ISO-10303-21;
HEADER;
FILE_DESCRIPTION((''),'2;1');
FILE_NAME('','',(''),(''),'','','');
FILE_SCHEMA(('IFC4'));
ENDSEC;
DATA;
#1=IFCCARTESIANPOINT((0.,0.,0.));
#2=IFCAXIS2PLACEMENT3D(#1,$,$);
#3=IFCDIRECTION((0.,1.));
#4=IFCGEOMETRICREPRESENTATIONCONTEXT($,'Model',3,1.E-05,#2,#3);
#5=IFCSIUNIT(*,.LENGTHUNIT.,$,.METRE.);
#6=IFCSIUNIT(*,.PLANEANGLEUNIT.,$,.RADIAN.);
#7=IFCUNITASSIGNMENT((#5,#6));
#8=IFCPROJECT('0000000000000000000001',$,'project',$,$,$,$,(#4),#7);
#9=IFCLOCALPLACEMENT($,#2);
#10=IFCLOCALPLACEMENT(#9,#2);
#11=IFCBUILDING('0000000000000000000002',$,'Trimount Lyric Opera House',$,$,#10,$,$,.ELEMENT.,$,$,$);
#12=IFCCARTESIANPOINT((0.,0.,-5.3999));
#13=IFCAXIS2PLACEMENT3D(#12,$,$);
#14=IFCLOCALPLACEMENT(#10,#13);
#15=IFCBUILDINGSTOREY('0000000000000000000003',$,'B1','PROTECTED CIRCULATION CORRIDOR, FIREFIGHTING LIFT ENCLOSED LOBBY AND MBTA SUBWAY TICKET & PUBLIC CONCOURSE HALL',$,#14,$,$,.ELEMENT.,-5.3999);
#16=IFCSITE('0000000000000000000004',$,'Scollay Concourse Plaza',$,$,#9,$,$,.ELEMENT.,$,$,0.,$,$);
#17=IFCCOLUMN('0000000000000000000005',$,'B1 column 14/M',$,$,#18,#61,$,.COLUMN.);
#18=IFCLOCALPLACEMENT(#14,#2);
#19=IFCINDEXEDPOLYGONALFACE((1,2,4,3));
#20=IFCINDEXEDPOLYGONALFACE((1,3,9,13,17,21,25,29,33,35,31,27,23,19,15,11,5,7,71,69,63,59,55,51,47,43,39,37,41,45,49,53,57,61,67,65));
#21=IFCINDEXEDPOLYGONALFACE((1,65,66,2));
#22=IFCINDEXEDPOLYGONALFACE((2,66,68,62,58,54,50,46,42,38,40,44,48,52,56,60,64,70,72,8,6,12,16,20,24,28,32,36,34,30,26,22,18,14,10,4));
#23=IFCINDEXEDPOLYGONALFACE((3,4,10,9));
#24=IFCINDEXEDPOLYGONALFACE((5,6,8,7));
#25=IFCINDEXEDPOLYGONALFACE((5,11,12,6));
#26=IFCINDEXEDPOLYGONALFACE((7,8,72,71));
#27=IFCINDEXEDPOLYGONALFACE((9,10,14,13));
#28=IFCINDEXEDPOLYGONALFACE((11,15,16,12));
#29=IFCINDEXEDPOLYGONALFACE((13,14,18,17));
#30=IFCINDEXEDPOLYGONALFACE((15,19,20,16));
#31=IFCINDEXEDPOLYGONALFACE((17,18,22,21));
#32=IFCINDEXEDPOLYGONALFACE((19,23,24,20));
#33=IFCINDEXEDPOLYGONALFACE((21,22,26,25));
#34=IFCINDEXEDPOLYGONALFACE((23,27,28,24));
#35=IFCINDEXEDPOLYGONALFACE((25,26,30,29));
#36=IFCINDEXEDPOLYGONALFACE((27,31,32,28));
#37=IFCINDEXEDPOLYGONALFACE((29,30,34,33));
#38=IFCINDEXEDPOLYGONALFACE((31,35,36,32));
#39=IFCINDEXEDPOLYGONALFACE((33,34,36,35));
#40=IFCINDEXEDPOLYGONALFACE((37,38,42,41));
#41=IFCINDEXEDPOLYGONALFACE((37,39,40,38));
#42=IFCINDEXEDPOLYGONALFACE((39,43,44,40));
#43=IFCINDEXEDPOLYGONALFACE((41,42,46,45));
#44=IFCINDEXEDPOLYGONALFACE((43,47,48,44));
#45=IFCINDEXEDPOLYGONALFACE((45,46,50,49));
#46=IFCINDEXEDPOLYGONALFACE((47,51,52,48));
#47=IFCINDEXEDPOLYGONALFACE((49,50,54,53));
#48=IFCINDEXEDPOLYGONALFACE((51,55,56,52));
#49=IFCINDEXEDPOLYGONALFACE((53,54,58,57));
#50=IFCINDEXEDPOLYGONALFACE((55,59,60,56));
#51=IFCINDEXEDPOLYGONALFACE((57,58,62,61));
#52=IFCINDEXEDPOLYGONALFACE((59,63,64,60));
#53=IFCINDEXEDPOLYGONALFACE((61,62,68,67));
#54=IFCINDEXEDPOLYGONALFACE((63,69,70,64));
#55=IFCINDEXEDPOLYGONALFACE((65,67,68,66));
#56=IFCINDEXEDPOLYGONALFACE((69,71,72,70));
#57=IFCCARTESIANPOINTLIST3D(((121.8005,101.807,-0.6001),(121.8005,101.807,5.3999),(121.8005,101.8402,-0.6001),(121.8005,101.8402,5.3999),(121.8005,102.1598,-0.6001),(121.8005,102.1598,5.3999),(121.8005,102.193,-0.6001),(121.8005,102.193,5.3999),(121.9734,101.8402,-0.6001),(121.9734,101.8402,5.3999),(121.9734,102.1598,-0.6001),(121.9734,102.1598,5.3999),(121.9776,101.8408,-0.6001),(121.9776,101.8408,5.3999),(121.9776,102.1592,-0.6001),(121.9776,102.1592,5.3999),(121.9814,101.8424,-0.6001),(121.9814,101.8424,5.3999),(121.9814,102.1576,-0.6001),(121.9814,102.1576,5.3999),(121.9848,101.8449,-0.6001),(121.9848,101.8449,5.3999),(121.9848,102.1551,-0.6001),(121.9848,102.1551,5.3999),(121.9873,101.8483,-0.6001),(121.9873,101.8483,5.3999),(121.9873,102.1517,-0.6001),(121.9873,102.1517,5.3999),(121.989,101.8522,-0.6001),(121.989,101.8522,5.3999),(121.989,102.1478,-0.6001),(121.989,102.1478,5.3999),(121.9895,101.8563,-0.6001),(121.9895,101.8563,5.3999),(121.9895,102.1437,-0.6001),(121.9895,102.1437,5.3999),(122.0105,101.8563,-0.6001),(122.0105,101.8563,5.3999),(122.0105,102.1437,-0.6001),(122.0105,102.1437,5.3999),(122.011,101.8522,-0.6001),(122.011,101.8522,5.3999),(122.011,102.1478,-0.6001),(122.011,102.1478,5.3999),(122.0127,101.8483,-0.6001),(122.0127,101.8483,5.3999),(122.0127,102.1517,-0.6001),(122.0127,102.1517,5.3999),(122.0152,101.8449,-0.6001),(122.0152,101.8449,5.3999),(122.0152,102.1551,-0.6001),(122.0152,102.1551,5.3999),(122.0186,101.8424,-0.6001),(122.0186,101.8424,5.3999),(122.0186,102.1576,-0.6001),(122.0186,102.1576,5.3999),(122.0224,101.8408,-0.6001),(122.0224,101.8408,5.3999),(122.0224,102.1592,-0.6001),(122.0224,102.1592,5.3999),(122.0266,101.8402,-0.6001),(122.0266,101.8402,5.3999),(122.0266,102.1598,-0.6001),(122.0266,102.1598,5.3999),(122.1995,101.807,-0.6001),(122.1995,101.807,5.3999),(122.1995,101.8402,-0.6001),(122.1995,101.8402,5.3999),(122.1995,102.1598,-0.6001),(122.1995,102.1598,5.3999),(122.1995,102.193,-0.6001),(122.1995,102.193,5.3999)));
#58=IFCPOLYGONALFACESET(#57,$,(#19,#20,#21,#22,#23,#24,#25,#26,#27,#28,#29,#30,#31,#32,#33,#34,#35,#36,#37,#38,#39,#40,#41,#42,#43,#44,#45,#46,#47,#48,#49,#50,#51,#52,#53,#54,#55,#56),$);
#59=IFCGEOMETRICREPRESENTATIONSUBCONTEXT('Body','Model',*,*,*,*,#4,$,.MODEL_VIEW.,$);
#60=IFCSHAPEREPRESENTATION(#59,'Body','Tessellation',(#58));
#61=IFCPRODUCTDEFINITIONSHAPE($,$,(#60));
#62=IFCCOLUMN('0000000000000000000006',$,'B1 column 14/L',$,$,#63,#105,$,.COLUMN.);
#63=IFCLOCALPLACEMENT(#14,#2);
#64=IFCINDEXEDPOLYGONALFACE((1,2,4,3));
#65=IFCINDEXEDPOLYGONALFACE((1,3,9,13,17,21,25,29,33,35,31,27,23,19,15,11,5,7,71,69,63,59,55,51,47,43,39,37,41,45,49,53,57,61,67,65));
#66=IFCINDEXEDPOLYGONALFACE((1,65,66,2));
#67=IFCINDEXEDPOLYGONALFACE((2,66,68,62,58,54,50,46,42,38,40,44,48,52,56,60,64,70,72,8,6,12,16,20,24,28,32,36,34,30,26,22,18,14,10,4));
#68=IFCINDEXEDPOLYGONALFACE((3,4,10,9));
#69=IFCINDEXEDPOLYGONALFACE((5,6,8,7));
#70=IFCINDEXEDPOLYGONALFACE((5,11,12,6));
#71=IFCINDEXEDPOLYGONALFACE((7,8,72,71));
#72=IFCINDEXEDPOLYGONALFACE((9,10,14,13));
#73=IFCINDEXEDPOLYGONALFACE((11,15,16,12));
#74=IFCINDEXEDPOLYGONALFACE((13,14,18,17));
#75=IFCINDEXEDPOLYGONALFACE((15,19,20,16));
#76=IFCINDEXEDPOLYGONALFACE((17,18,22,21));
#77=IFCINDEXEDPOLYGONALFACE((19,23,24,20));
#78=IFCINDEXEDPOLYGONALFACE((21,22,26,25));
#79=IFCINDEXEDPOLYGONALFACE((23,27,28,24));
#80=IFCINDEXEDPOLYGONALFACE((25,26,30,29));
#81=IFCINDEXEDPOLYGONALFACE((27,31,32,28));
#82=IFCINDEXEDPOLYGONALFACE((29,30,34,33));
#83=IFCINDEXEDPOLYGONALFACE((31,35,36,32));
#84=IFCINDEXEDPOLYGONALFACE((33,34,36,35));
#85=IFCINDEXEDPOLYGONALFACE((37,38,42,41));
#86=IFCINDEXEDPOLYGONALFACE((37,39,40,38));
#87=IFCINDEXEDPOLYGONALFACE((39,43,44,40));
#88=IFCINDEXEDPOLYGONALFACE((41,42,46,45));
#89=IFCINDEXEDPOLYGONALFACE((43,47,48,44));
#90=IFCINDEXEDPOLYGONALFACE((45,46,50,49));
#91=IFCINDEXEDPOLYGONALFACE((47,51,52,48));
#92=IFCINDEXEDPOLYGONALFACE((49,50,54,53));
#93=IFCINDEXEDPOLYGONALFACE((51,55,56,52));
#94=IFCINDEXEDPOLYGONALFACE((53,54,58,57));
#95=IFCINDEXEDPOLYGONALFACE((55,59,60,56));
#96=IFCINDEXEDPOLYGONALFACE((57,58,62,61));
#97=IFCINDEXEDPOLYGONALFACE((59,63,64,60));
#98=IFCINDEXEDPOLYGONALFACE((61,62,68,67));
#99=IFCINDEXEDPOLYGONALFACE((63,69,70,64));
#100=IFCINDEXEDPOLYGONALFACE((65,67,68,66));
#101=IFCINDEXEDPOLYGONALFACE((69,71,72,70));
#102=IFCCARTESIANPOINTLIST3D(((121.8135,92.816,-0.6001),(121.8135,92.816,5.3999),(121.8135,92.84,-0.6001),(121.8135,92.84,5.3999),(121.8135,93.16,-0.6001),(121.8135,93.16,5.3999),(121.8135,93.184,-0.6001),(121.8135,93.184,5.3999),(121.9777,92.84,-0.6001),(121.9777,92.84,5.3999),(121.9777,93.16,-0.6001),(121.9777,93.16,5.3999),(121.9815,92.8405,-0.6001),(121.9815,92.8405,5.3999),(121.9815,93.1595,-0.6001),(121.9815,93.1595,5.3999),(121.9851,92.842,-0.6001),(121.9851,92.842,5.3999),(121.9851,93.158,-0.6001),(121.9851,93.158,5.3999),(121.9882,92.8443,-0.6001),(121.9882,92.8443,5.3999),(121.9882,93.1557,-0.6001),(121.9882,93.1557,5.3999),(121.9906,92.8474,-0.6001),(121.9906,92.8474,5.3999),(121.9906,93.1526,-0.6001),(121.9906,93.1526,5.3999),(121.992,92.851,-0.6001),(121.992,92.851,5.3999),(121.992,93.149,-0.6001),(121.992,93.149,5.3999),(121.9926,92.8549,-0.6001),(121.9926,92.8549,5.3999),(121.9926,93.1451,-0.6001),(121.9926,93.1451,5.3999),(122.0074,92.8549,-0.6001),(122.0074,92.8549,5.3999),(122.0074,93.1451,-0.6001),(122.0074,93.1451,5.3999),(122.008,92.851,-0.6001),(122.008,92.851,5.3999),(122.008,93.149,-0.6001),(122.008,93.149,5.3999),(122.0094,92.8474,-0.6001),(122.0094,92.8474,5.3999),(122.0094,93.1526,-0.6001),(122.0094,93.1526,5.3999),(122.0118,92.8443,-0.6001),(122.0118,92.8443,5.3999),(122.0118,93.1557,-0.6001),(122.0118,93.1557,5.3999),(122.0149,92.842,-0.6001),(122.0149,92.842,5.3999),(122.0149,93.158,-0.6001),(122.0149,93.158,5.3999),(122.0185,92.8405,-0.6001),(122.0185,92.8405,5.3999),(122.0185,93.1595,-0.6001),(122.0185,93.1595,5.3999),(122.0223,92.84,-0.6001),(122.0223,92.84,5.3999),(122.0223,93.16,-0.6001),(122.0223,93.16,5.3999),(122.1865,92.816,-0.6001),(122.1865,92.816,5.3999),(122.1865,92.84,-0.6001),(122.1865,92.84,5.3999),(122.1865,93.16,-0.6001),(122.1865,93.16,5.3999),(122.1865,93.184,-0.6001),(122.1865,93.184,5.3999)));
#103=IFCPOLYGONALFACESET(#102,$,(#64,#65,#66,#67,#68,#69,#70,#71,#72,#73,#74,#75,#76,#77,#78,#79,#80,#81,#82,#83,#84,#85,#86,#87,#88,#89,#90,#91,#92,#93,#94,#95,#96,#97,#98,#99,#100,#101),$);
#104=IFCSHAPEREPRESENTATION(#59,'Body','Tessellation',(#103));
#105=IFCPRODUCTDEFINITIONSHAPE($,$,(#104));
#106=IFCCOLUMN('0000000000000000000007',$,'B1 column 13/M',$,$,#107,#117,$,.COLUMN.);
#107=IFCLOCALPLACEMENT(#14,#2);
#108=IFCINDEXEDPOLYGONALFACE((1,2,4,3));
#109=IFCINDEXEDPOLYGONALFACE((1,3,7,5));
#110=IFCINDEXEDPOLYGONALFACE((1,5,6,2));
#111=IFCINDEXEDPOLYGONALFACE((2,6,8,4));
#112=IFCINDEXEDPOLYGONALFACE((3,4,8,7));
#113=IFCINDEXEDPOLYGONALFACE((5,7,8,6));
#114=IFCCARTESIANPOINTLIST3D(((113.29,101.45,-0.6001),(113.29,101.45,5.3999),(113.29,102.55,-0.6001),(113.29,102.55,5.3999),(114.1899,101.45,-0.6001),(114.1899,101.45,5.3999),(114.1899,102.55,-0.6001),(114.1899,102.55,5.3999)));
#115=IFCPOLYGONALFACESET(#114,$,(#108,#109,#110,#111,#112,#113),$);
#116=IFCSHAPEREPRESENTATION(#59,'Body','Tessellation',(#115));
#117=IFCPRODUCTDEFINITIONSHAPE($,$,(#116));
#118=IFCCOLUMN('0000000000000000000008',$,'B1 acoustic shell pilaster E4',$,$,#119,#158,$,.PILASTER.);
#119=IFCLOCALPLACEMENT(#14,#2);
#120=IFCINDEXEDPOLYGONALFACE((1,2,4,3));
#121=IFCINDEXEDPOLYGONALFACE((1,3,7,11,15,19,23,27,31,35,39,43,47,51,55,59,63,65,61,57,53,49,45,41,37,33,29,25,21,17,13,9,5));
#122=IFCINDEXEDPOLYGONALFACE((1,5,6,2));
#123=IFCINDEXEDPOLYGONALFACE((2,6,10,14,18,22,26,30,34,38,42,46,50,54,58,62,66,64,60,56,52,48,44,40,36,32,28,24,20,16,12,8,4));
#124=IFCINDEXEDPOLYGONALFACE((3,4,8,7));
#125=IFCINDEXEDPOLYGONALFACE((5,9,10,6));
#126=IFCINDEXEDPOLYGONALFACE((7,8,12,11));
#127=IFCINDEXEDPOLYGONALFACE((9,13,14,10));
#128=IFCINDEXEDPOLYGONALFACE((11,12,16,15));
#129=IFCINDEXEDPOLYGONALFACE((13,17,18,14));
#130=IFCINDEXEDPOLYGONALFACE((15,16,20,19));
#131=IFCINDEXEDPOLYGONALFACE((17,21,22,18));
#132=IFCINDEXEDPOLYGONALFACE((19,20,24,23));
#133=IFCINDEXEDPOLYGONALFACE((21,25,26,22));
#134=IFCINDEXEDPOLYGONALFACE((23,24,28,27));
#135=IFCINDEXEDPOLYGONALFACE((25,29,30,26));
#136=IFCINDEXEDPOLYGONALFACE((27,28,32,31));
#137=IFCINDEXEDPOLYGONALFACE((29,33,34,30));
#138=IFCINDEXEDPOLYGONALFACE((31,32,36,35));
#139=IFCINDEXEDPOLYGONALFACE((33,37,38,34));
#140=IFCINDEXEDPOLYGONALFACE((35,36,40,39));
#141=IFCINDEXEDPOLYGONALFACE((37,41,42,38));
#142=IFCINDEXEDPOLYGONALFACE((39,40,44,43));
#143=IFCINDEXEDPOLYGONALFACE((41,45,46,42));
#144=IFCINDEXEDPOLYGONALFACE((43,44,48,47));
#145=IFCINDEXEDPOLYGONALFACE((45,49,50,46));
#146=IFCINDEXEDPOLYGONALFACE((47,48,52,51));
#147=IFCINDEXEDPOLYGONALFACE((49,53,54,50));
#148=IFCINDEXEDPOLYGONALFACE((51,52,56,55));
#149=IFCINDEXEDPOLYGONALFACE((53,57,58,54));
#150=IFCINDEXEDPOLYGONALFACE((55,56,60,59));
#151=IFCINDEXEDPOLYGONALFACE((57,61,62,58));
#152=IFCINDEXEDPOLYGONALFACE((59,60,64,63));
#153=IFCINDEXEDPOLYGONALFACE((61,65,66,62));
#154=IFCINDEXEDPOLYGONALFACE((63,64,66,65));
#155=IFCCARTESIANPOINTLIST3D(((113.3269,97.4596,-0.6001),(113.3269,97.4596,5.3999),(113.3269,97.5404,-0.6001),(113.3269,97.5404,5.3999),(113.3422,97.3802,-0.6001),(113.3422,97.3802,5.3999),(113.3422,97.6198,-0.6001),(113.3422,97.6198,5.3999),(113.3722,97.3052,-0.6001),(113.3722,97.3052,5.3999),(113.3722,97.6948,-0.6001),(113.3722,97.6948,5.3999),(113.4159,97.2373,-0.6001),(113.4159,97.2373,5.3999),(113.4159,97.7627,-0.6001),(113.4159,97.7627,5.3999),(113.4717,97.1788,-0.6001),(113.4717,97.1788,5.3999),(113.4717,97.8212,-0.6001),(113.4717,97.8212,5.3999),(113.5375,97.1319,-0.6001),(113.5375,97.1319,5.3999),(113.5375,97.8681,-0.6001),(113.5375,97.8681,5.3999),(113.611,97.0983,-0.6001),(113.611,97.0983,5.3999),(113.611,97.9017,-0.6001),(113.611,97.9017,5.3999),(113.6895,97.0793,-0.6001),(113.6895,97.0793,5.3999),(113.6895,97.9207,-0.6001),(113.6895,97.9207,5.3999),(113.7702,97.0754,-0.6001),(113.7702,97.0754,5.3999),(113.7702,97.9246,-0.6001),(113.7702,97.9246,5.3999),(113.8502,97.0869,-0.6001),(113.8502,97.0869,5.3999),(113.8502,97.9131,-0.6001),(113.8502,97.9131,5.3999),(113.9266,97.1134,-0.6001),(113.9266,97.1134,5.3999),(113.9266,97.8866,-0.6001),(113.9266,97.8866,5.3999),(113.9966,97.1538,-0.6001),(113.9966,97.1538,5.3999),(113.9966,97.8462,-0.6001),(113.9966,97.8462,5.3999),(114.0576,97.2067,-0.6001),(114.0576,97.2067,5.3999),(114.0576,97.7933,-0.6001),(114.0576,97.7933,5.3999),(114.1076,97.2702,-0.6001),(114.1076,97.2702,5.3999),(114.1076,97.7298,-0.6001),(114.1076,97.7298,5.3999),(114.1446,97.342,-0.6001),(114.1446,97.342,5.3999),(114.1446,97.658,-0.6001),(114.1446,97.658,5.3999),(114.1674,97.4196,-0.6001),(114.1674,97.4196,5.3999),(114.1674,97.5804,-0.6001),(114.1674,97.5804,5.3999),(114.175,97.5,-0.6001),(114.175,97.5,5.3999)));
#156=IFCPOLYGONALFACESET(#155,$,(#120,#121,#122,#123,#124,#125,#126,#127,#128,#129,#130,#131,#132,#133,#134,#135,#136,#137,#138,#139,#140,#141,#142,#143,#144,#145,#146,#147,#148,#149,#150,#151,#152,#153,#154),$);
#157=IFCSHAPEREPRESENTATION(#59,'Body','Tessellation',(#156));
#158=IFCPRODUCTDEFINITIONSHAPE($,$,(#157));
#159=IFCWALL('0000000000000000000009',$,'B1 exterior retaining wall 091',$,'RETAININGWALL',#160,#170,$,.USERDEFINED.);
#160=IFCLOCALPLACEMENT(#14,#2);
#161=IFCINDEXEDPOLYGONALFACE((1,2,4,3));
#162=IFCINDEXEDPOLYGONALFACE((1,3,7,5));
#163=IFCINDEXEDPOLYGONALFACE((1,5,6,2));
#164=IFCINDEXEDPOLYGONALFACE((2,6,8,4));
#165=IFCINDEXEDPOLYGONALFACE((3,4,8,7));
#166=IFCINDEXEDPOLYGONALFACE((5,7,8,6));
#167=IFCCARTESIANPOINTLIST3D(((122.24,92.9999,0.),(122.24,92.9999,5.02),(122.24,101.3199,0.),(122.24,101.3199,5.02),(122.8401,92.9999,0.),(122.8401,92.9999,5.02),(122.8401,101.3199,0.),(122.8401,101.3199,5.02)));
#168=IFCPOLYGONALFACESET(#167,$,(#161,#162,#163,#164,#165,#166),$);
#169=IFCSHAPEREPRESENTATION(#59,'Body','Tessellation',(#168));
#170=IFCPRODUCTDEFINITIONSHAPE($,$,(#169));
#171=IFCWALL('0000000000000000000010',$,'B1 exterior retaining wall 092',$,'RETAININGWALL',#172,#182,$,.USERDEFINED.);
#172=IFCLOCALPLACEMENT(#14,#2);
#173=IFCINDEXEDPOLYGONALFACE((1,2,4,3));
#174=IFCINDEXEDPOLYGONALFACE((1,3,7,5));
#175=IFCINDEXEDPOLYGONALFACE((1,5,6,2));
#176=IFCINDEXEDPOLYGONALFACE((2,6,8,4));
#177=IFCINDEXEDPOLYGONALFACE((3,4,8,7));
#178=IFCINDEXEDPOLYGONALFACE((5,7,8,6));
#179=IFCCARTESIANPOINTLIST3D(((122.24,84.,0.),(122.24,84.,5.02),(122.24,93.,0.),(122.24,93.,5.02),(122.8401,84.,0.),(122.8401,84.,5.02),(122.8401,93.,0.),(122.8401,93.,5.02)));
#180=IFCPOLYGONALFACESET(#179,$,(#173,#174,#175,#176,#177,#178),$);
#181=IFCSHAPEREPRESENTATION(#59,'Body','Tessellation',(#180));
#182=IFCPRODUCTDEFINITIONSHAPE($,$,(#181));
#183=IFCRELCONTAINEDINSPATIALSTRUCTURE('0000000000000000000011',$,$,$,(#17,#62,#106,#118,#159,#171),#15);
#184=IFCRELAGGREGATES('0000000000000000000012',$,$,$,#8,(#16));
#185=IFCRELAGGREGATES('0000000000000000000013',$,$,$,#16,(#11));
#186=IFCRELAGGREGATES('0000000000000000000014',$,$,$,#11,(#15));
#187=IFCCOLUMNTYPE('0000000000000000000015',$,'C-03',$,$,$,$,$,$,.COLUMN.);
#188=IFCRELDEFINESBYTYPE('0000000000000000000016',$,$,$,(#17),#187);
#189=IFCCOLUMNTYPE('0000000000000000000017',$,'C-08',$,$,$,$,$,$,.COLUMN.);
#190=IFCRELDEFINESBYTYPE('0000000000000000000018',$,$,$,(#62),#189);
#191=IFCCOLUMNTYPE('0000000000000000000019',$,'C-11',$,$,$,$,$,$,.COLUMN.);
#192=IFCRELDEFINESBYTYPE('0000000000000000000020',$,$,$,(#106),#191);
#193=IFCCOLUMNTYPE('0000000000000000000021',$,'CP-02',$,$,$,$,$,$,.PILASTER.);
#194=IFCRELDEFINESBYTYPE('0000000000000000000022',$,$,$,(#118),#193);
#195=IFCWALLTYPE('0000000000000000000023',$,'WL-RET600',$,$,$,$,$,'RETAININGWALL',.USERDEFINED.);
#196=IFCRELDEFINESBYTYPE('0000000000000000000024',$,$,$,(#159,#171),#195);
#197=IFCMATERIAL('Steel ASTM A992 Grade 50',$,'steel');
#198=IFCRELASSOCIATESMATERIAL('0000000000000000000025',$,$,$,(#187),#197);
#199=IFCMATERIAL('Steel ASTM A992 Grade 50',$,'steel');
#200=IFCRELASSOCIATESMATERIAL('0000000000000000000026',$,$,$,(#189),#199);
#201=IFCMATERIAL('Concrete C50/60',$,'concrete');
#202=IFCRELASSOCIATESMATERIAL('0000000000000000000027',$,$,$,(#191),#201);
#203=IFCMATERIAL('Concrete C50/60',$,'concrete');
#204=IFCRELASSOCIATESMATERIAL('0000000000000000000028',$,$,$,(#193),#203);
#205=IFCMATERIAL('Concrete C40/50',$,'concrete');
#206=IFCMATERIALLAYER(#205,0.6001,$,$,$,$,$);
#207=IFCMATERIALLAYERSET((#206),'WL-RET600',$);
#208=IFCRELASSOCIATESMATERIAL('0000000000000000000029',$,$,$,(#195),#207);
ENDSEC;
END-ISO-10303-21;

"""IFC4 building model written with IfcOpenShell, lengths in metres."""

from ifc_helpers import new_model, si_unit, direction, frame, frame_2d, origin, origin_2d, place, context, subcontext, project, spatial, rectangle, circle, i_section, extrude, material, layer, layer_set, material_profile, profile_set, type_object, element, save


model = new_model("IFC4")

# Units and contexts
model_context = context("Model", 3, precision=1e-05, world=origin(), true_north=direction((0.0, 1.0)))
body_context = subcontext(model_context, "Body", "Model", "MODEL_VIEW")
ifc_project = project(units=[si_unit("LENGTHUNIT", "METRE"), si_unit("PLANEANGLEUNIT", "RADIAN")], contexts=[model_context])

# Site, building, storey
site_placement = place(None, origin())
site = spatial("IfcSite", under=ifc_project, at=site_placement, Name="Scollay Concourse Plaza", CompositionType="ELEMENT", RefElevation=0.0)
building_placement = place(site_placement, origin())
building = spatial("IfcBuilding", under=site, at=building_placement, Name="Trimount Lyric Opera House", CompositionType="ELEMENT")
storey_placement = place(building_placement, frame((0.0, 0.0, -5.3999)))
storey = spatial("IfcBuildingStorey", under=building, at=storey_placement, Name="B1", Description="PROTECTED CIRCULATION CORRIDOR, FIREFIGHTING LIFT ENCLOSED LOBBY AND MBTA SUBWAY TICKET & PUBLIC CONCOURSE HALL", CompositionType="ELEMENT", Elevation=-5.3999)

# Columns
ifc_material_1 = material(Name="Steel ASTM A992 Grade 50", Category="steel")
ifc_material_profile_1 = material_profile(ifc_material_1, i_section(OverallWidth=0.3989, OverallDepth=0.386, WebThickness=0.021, FlangeThickness=0.0332, FilletRadius=0.0161, at=origin_2d()), Name="W14X176")
ifc_profile_set_1 = profile_set([ifc_material_profile_1], Name="Steel ASTM A992 Grade 50")
column_type_1 = type_object("IfcColumnType", Name="C-03", PredefinedType="COLUMN", material=ifc_profile_set_1)
column_1_placement = place(storey_placement, frame((122.0, 102.0, -0.6001), z_axis=(0.0, 0.0, 1.0), x_axis=(1.0, 0.0, 0.0)))
element("IfcColumn", 1, at=column_1_placement, inside=storey, type_object=column_type_1, Name="B1 column 14/M", PredefinedType="COLUMN", context=body_context, shape_type="SweptSolid", body=[
    extrude(i_section(OverallWidth=0.3989, OverallDepth=0.386, WebThickness=0.021, FlangeThickness=0.0332, FilletRadius=0.0161, at=origin_2d()), origin(), (0.0, 0.0, 1.0), 6.0),
])
ifc_material_2 = material(Name="Steel ASTM A992 Grade 50", Category="steel")
ifc_material_profile_2 = material_profile(ifc_material_2, i_section(OverallWidth=0.373, OverallDepth=0.3679, WebThickness=0.0149, FlangeThickness=0.0239, FilletRadius=0.0149, at=origin_2d()), Name="W14X120")
ifc_profile_set_2 = profile_set([ifc_material_profile_2], Name="Steel ASTM A992 Grade 50")
column_type_2 = type_object("IfcColumnType", Name="C-08", PredefinedType="COLUMN", material=ifc_profile_set_2)
column_2_placement = place(storey_placement, frame((122.0, 93.0, -0.6001), z_axis=(0.0, 0.0, 1.0), x_axis=(1.0, 0.0, 0.0)))
element("IfcColumn", 2, at=column_2_placement, inside=storey, type_object=column_type_2, Name="B1 column 14/L", PredefinedType="COLUMN", context=body_context, shape_type="SweptSolid", body=[
    extrude(i_section(OverallWidth=0.373, OverallDepth=0.3679, WebThickness=0.0149, FlangeThickness=0.0239, FilletRadius=0.0149, at=origin_2d()), origin(), (0.0, 0.0, 1.0), 6.0),
])
ifc_material_3 = material(Name="Concrete C50/60", Category="concrete")
ifc_material_profile_3 = material_profile(ifc_material_3, rectangle(XDim=0.8999, YDim=1.1001, at=origin_2d()), Name="RC1100X900")
ifc_profile_set_3 = profile_set([ifc_material_profile_3], Name="Concrete C50/60")
column_type_3 = type_object("IfcColumnType", Name="C-11", PredefinedType="COLUMN", material=ifc_profile_set_3)
column_3_placement = place(storey_placement, frame((113.74, 102.0, -0.6001), z_axis=(0.0, 0.0, 1.0), x_axis=(1.0, 0.0, 0.0)))
element("IfcColumn", 3, at=column_3_placement, inside=storey, type_object=column_type_3, Name="B1 column 13/M", PredefinedType="COLUMN", context=body_context, shape_type="SweptSolid", body=[
    extrude(rectangle(XDim=0.8999, YDim=1.1001, at=origin_2d()), origin(), (0.0, 0.0, 1.0), 6.0),
])
ifc_material_4 = material(Name="Concrete C50/60", Category="concrete")
ifc_material_profile_4 = material_profile(ifc_material_4, circle(Radius=0.425, at=origin_2d()), Name="RC-D850")
ifc_profile_set_4 = profile_set([ifc_material_profile_4], Name="Concrete C50/60")
column_type_4 = type_object("IfcColumnType", Name="CP-02", PredefinedType="PILASTER", material=ifc_profile_set_4)
column_4_placement = place(storey_placement, frame((113.75, 97.5, -0.6001), z_axis=(0.0, 0.0, 1.0), x_axis=(1.0, 0.0, 0.0)))
element("IfcColumn", 4, at=column_4_placement, inside=storey, type_object=column_type_4, Name="B1 acoustic shell pilaster E4", PredefinedType="PILASTER", context=body_context, shape_type="SweptSolid", body=[
    extrude(circle(Radius=0.425, at=origin_2d()), origin(), (0.0, 0.0, 1.0), 6.0),
])

# Walls
ifc_material_5 = material(Name="Concrete C40/50", Category="concrete")
ifc_layer_1 = layer(ifc_material_5, 0.6001)
ifc_layer_set_1 = layer_set([ifc_layer_1], Name="WL-RET600")
wall_type_1 = type_object("IfcWallType", Name="WL-RET600", ElementType="RETAININGWALL", PredefinedType="USERDEFINED", material=ifc_layer_set_1)
wall_1_placement = place(storey_placement, frame((122.54, 101.3201, 0.0), z_axis=(0.0, 0.0, 1.0), x_axis=(0.0, -1.0, 0.0)))
element("IfcWall", 5, at=wall_1_placement, inside=storey, type_object=wall_type_1, Name="B1 exterior retaining wall 091", ObjectType="RETAININGWALL", PredefinedType="USERDEFINED", context=body_context, shape_type="SweptSolid", body=[
    extrude(rectangle(XDim=8.3201, YDim=0.6001, at=frame_2d((4.1602, 0.0))), origin(), (0.0, 0.0, 1.0), 5.02),
])
wall_2_placement = place(storey_placement, frame((122.54, 93.0, 0.0), z_axis=(0.0, 0.0, 1.0), x_axis=(0.0, -1.0, 0.0)))
element("IfcWall", 6, at=wall_2_placement, inside=storey, type_object=wall_type_1, Name="B1 exterior retaining wall 092", ObjectType="RETAININGWALL", PredefinedType="USERDEFINED", context=body_context, shape_type="SweptSolid", body=[
    extrude(rectangle(XDim=9.0, YDim=0.6001, at=frame_2d((4.5, 0.0))), origin(), (0.0, 0.0, 1.0), 5.02),
])

save(model, "model.ifc")
